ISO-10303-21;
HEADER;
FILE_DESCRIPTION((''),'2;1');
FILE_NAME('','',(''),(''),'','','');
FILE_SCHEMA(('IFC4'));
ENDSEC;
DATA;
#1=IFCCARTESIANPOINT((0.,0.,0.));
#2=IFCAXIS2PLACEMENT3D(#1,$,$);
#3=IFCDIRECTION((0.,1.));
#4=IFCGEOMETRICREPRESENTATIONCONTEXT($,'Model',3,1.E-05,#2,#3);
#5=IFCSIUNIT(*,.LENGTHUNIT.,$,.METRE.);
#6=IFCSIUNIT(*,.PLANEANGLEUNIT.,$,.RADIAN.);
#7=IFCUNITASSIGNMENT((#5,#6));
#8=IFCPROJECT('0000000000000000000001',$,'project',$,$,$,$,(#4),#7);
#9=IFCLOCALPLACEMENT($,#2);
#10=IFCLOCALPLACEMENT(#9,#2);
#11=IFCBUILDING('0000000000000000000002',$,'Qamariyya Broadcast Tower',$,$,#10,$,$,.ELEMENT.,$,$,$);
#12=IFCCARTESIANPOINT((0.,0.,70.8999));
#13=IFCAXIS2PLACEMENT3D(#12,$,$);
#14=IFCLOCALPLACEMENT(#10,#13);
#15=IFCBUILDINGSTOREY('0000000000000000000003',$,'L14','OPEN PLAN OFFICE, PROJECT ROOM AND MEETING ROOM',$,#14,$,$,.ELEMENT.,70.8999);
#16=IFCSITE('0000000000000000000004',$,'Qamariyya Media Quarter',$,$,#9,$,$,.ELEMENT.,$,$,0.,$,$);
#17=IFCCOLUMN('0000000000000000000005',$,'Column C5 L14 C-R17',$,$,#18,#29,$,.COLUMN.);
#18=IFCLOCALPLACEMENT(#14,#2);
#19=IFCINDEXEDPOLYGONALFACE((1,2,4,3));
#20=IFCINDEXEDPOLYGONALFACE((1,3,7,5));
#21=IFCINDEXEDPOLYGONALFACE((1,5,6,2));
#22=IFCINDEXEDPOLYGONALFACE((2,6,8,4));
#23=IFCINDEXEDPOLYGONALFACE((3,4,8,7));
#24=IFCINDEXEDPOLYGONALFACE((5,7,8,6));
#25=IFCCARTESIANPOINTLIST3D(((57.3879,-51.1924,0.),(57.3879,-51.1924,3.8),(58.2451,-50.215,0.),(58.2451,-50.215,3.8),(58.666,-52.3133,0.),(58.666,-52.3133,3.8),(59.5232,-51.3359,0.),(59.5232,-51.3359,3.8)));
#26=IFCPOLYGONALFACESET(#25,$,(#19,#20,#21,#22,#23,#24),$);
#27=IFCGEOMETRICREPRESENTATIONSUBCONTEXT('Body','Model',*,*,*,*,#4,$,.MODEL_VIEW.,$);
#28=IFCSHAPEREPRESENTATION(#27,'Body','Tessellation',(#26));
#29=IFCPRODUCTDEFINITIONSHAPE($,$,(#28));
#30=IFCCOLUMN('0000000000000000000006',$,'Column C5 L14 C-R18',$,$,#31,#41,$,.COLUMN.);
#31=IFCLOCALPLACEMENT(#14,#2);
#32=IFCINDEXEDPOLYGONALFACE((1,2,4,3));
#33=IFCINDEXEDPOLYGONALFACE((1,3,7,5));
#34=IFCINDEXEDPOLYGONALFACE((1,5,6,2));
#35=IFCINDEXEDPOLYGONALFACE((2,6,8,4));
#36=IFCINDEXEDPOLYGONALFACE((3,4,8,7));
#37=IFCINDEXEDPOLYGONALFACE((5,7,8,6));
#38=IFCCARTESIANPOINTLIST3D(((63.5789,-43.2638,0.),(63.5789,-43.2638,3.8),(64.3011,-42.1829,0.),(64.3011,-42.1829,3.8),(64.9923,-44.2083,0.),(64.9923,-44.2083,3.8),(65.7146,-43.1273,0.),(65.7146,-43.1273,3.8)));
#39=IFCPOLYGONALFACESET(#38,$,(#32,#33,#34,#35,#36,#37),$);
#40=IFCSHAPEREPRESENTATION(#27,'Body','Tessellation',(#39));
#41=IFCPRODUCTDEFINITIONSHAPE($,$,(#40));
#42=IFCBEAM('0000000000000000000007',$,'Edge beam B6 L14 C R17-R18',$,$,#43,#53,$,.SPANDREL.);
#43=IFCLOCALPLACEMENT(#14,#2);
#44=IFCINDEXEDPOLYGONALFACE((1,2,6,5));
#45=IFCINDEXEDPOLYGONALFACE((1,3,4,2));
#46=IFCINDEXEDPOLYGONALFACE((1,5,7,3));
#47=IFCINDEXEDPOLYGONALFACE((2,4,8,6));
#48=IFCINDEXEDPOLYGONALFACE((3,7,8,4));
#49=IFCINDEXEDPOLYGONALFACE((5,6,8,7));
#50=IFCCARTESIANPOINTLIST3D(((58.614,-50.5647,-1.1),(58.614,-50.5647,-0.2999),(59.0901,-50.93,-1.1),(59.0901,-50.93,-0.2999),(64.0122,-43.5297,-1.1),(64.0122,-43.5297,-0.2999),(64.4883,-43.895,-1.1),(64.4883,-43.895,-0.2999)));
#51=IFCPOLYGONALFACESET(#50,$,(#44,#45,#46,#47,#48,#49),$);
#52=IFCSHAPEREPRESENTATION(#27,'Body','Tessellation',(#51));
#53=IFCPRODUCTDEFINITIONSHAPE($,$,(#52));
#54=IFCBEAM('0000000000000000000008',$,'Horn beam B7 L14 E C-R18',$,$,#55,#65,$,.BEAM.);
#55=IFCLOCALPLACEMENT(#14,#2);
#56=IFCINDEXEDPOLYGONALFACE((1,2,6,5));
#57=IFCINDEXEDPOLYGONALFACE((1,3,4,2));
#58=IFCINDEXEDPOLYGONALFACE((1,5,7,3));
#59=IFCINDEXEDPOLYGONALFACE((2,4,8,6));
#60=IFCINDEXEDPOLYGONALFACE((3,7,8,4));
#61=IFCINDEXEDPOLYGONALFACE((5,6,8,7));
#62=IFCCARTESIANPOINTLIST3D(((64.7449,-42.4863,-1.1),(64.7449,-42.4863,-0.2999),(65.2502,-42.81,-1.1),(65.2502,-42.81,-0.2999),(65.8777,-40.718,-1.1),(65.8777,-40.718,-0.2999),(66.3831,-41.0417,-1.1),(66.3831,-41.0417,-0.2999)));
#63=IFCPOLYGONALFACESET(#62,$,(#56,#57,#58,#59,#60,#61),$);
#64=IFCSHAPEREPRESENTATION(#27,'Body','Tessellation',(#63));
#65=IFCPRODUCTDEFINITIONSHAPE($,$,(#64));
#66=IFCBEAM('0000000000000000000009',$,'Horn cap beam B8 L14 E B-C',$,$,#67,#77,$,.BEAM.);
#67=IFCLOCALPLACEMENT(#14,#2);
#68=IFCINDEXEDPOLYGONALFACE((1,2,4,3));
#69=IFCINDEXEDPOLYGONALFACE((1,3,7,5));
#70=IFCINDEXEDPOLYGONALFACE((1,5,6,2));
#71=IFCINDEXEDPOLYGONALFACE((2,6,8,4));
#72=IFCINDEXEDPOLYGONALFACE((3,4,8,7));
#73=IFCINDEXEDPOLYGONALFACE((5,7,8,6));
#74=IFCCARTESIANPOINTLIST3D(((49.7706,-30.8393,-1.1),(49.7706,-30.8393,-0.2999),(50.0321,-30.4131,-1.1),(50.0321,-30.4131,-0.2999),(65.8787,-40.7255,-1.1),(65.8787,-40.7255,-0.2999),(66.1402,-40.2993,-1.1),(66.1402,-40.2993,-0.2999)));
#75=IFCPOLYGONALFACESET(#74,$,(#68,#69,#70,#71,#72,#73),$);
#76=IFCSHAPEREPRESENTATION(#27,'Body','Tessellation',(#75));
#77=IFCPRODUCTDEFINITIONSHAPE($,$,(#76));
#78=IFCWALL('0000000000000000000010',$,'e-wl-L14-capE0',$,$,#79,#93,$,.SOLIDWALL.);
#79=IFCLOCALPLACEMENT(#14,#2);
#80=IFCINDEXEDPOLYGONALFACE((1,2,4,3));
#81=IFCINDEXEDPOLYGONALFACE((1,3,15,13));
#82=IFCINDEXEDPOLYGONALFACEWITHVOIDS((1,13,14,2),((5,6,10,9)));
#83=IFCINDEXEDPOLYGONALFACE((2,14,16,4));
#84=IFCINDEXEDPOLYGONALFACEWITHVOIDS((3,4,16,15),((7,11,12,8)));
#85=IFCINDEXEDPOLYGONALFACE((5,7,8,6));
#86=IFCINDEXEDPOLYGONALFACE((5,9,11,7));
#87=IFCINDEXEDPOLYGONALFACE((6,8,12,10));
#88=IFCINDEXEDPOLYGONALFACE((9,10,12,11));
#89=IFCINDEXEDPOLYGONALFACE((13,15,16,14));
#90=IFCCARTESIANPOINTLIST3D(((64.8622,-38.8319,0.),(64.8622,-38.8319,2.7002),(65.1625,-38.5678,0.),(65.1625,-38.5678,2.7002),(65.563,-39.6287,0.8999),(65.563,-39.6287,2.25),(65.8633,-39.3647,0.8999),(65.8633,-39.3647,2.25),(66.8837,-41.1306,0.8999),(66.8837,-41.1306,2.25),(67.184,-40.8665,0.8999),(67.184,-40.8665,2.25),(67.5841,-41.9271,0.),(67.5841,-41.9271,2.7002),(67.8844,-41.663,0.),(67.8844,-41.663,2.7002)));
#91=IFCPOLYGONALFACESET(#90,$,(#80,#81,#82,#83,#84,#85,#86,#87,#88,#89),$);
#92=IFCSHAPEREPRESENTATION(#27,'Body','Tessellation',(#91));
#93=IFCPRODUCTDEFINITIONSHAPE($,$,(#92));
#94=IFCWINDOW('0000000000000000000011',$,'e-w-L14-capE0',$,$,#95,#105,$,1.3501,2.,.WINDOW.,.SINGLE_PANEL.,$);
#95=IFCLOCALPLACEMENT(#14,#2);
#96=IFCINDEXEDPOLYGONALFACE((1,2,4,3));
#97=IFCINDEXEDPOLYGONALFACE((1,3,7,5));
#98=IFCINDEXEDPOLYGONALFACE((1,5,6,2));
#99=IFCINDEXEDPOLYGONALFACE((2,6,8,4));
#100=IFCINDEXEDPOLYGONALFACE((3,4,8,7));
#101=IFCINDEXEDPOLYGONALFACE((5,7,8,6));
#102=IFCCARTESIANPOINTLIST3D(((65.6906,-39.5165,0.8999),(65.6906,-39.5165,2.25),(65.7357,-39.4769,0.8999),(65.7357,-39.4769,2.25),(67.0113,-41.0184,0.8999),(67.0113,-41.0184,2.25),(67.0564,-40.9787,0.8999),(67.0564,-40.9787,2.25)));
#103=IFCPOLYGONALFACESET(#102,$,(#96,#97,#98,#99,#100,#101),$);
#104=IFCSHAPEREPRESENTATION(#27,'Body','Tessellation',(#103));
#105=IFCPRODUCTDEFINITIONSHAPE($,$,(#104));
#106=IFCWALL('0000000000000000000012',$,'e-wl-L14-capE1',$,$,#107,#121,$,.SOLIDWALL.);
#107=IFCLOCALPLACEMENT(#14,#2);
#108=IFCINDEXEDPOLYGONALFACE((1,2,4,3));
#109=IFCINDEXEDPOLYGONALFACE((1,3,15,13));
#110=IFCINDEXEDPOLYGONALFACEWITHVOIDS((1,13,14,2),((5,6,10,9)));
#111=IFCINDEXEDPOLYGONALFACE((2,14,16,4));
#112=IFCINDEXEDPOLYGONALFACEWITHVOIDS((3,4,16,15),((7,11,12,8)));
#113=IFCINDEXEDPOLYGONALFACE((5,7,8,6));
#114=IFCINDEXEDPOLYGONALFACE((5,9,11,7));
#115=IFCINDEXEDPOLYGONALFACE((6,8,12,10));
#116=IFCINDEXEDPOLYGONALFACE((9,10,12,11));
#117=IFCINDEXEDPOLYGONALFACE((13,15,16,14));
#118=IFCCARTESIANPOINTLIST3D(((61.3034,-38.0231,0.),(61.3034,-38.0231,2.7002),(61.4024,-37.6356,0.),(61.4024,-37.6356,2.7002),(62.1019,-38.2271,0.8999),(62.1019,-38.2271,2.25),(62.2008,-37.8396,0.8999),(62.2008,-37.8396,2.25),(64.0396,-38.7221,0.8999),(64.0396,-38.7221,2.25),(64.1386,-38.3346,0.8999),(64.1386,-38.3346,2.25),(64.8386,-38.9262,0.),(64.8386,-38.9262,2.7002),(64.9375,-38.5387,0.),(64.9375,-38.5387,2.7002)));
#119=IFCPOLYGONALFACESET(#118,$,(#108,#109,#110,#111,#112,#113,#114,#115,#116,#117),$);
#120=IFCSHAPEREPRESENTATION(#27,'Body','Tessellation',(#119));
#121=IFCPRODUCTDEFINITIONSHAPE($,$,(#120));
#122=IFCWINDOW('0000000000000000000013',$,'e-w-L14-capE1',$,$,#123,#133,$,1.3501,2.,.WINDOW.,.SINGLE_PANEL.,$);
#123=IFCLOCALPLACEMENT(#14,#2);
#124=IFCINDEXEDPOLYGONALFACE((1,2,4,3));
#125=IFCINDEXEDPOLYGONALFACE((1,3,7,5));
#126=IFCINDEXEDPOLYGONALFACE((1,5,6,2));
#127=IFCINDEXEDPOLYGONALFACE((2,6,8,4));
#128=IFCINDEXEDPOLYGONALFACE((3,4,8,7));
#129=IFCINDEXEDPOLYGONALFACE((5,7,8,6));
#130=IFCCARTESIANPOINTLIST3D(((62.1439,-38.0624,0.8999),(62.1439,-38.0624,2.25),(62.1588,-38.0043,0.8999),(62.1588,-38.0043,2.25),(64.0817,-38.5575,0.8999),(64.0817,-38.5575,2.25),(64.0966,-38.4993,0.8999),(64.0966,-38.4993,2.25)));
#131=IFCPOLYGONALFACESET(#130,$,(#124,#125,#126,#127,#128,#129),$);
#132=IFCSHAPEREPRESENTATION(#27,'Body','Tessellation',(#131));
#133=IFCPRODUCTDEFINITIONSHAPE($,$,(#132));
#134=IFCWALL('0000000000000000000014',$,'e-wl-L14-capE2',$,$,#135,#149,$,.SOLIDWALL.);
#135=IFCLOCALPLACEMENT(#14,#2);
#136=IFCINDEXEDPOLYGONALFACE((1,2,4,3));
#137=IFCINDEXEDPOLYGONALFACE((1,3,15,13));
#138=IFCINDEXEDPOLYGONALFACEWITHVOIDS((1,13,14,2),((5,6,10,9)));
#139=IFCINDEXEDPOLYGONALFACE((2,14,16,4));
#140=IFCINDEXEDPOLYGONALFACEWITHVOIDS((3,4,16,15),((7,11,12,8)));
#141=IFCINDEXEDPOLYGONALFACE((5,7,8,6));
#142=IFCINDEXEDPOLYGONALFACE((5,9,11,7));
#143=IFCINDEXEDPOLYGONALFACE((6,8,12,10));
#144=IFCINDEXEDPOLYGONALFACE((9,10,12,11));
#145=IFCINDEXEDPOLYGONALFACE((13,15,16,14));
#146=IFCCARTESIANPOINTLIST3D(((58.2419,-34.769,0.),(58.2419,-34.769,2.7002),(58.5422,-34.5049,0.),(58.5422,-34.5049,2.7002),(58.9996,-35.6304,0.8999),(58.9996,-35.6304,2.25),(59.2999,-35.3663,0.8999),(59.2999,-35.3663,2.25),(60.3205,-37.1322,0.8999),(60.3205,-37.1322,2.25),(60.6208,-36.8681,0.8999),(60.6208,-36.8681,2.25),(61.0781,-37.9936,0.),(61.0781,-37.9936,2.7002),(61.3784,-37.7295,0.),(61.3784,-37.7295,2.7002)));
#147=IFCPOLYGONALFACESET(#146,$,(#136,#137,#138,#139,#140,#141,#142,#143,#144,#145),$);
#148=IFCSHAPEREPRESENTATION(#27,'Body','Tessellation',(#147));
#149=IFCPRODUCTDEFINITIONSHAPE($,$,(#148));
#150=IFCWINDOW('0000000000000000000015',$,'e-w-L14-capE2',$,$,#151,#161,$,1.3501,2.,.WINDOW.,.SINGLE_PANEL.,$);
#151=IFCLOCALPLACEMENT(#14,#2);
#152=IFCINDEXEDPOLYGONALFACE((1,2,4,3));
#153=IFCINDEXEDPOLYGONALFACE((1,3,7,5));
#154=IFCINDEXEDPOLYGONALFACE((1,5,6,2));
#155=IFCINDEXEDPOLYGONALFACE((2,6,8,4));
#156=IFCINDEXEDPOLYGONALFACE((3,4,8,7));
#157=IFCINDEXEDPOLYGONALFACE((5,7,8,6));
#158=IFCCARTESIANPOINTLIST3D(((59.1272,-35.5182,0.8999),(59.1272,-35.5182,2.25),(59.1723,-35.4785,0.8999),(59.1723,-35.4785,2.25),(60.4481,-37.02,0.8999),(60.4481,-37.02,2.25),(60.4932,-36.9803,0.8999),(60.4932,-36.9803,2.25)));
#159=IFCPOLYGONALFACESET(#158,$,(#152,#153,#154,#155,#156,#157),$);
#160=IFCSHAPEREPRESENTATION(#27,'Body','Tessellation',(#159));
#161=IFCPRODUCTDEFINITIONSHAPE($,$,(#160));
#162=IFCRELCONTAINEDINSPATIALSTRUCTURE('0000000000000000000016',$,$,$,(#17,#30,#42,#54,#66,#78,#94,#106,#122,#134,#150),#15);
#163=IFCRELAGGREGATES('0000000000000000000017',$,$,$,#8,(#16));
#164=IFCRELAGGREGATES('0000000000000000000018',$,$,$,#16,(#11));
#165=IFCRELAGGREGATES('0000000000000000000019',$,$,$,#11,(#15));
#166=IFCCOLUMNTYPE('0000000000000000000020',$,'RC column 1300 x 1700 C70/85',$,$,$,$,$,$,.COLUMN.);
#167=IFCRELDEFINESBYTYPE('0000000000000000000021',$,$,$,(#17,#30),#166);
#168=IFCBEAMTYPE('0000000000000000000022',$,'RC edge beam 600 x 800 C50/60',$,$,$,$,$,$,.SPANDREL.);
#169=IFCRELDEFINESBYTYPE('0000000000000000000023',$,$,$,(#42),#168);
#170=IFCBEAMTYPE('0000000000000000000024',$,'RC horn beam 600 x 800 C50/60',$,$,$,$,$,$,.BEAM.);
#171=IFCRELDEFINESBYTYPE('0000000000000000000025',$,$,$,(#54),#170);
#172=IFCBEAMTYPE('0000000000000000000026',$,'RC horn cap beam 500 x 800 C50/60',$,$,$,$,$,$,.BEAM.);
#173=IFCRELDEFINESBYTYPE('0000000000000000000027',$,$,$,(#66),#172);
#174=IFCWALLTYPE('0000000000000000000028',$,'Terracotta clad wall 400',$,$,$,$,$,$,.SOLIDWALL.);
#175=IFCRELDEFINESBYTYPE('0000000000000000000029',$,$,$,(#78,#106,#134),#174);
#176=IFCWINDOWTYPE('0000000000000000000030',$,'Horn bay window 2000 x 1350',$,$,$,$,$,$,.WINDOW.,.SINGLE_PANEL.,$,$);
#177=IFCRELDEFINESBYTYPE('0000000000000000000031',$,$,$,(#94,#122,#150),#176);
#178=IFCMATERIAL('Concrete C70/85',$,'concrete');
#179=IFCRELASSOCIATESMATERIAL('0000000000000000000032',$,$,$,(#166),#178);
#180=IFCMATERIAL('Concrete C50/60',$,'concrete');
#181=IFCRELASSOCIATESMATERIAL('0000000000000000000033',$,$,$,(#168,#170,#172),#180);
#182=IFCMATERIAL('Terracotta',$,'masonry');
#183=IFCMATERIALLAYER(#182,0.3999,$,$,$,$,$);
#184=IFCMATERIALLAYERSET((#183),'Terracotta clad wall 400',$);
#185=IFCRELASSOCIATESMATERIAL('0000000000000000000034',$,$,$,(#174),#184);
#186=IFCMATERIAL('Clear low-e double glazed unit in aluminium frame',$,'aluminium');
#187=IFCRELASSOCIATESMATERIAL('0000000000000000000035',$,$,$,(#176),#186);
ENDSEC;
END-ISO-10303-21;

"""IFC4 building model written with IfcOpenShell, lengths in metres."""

from ifc_helpers import new_model, si_unit, direction, frame, frame_2d, origin, origin_2d, place, context, subcontext, project, spatial, rectangle, extrude, material, layer, layer_set, material_profile, profile_set, type_object, element, fill, save


model = new_model("IFC4")

# Units and contexts
model_context = context("Model", 3, precision=1e-05, world=origin(), true_north=direction((0.0, 1.0)))
body_context = subcontext(model_context, "Body", "Model", "MODEL_VIEW")
ifc_project = project(units=[si_unit("LENGTHUNIT", "METRE"), si_unit("PLANEANGLEUNIT", "RADIAN")], contexts=[model_context])

# Site, building, storey
site_placement = place(None, origin())
site = spatial("IfcSite", under=ifc_project, at=site_placement, Name="Qamariyya Media Quarter", CompositionType="ELEMENT", RefElevation=0.0)
building_placement = place(site_placement, origin())
building = spatial("IfcBuilding", under=site, at=building_placement, Name="Qamariyya Broadcast Tower", CompositionType="ELEMENT")
storey_placement = place(building_placement, frame((0.0, 0.0, 70.8999)))
storey = spatial("IfcBuildingStorey", under=building, at=storey_placement, Name="L14", Description="OPEN PLAN OFFICE, PROJECT ROOM AND MEETING ROOM", CompositionType="ELEMENT", Elevation=70.8999)

# Columns
ifc_material_1 = material(Name="Concrete C70/85", Category="concrete")
ifc_material_profile_1 = material_profile(ifc_material_1, rectangle(XDim=1.3, YDim=1.7, at=origin_2d()))
ifc_profile_set_1 = profile_set([ifc_material_profile_1], Name="Concrete C70/85")
column_type = type_object("IfcColumnType", Name="RC column 1300 x 1700 C70/85", PredefinedType="COLUMN", material=ifc_profile_set_1)
for number, where, z_axis, x_axis, name in (
    (1, (58.4556, -51.2642, 0.0), (0.0, 0.0, 1.0), (0.659346, 0.75184, 0.0), "Column C5 L14 C-R17"),
    (2, (64.6467, -43.1956, 0.0), (0.0, 0.0, 1.0), (0.55557, 0.83147, 0.0), "Column C5 L14 C-R18"),
):
    element("IfcColumn", number, at=place(storey_placement, frame(where, z_axis=z_axis, x_axis=x_axis)), inside=storey, type_object=column_type, Name=name, PredefinedType="COLUMN", context=body_context, shape_type="SweptSolid", body=[
        extrude(rectangle(XDim=1.3, YDim=1.7, at=origin_2d()), origin(), (0.0, 0.0, 1.0), 3.8),
    ])

# Beams
ifc_material_2 = material(Name="Concrete C50/60", Category="concrete")
ifc_material_profile_2 = material_profile(ifc_material_2, rectangle(XDim=0.6001, YDim=0.8, at=origin_2d()))
ifc_profile_set_2 = profile_set([ifc_material_profile_2], Name="Concrete C50/60")
beam_type_1 = type_object("IfcBeamType", Name="RC edge beam 600 x 800 C50/60", PredefinedType="SPANDREL", material=ifc_profile_set_2)
beam_1_placement = place(storey_placement, frame((58.8521, -50.7473, -0.7), z_axis=(0.60877, 0.793347, 0.0), x_axis=(-0.793347, 0.60877, 0.0)))
element("IfcBeam", 3, at=beam_1_placement, inside=storey, type_object=beam_type_1, Name="Edge beam B6 L14 C R17-R18", PredefinedType="SPANDREL", context=body_context, shape_type="SweptSolid", body=[
    extrude(rectangle(XDim=0.6001, YDim=0.8, at=origin_2d()), origin(), (0.0, 0.0, 1.0), 8.8674),
])
ifc_material_profile_3 = material_profile(ifc_material_2, rectangle(XDim=0.6001, YDim=0.8, at=origin_2d()))
ifc_profile_set_3 = profile_set([ifc_material_profile_3], Name="Concrete C50/60")
beam_type_2 = type_object("IfcBeamType", Name="RC horn beam 600 x 800 C50/60", PredefinedType="BEAM", material=ifc_profile_set_3)
beam_2_placement = place(storey_placement, frame((64.9976, -42.6482, -0.7), z_axis=(0.539423, 0.842035, 0.0), x_axis=(-0.842035, 0.539423, 0.0)))
element("IfcBeam", 4, at=beam_2_placement, inside=storey, type_object=beam_type_2, Name="Horn beam B7 L14 E C-R18", PredefinedType="BEAM", context=body_context, shape_type="SweptSolid", body=[
    extrude(rectangle(XDim=0.6001, YDim=0.8, at=origin_2d()), origin(), (0.0, 0.0, 1.0), 2.1001),
])
ifc_material_profile_4 = material_profile(ifc_material_2, rectangle(XDim=0.5, YDim=0.8, at=origin_2d()))
ifc_profile_set_4 = profile_set([ifc_material_profile_4], Name="Concrete C50/60")
beam_type_3 = type_object("IfcBeamType", Name="RC horn cap beam 500 x 800 C50/60", PredefinedType="BEAM", material=ifc_profile_set_4)
beam_3_placement = place(storey_placement, frame((49.9014, -30.6262, -0.7), z_axis=(0.852283, -0.523081, 0.0), x_axis=(0.523081, 0.852283, 0.0)))
element("IfcBeam", 5, at=beam_3_placement, inside=storey, type_object=beam_type_3, Name="Horn cap beam B8 L14 E B-C", PredefinedType="BEAM", context=body_context, shape_type="SweptSolid", body=[
    extrude(rectangle(XDim=0.5, YDim=0.8, at=origin_2d()), origin(), (0.0, 0.0, 1.0), 18.8999),
])

# Walls, openings, windows
ifc_material_3 = material(Name="Terracotta", Category="masonry")
ifc_layer = layer(ifc_material_3, 0.3999)
ifc_layer_set = layer_set([ifc_layer], Name="Terracotta clad wall 400")
wall_type = type_object("IfcWallType", Name="Terracotta clad wall 400", PredefinedType="SOLIDWALL", material=ifc_layer_set)
wall_1_placement = place(storey_placement, frame((67.7344, -41.7952, 0.0), z_axis=(0.0, 0.0, 1.0), x_axis=(-0.660373, 0.750938, 0.0)))
wall_1 = element("IfcWall", 6, at=wall_1_placement, inside=storey, type_object=wall_type, Name="e-wl-L14-capE0", PredefinedType="SOLIDWALL", context=body_context, shape_type="SweptSolid", body=[
    extrude(rectangle(XDim=4.1218, YDim=0.3999, at=frame_2d((2.061, 0.0))), origin(), (0.0, 0.0, 1.0), 2.7002),
])
opening_1_placement = place(wall_1_placement, frame((1.0608, 0.0, 0.8999)))
opening_1 = element("IfcOpeningElement", 7, at=opening_1_placement, cuts=wall_1, PredefinedType="OPENING", context=body_context, shape_type="SweptSolid", body=[
    extrude(rectangle(XDim=2.0, YDim=1.3501, at=frame_2d((1.0, 0.675))), frame((0.0, 0.21, 0.0), z_axis=(0.0, -1.0, 0.0), x_axis=(1.0, 0.0, 0.0)), (0.0, 0.0, 1.0), 0.4199),
])
ifc_material_4 = material(Name="Clear low-e double glazed unit in aluminium frame", Category="aluminium")
window_type = type_object("IfcWindowType", Name="Horn bay window 2000 x 1350", PartitioningType="SINGLE_PANEL", PredefinedType="WINDOW", material=ifc_material_4)
window_1_placement = place(opening_1_placement, origin())
window_1 = element("IfcWindow", 8, at=window_1_placement, inside=storey, type_object=window_type, Name="e-w-L14-capE0", OverallHeight=1.3501, OverallWidth=2.0, PartitioningType="SINGLE_PANEL", PredefinedType="WINDOW", context=body_context, shape_type="SweptSolid", body=[
    extrude(rectangle(XDim=2.0, YDim=1.3501, at=frame_2d((1.0, 0.675))), frame((0.0, 0.03, 0.0), z_axis=(0.0, -1.0, 0.0), x_axis=(1.0, 0.0, 0.0)), (0.0, 0.0, 1.0), 0.0601),
])
fill(opening_1, window_1)
wall_2_placement = place(storey_placement, frame((64.8879, -38.7324, 0.0), z_axis=(0.0, 0.0, 1.0), x_axis=(-0.968886, 0.247508, 0.0)))
wall_2 = element("IfcWall", 9, at=wall_2_placement, inside=storey, type_object=wall_type, Name="e-wl-L14-capE1", PredefinedType="SOLIDWALL", context=body_context, shape_type="SweptSolid", body=[
    extrude(rectangle(XDim=3.6487, YDim=0.3999, at=frame_2d((1.8242, 0.0))), origin(), (0.0, 0.0, 1.0), 2.7002),
])
opening_2_placement = place(wall_2_placement, frame((0.8245, 0.0, 0.8999)))
opening_2 = element("IfcOpeningElement", 10, at=opening_2_placement, cuts=wall_2, PredefinedType="OPENING", context=body_context, shape_type="SweptSolid", body=[
    extrude(rectangle(XDim=2.0, YDim=1.3501, at=frame_2d((1.0, 0.675))), frame((0.0, 0.21, 0.0), z_axis=(0.0, -1.0, 0.0), x_axis=(1.0, 0.0, 0.0)), (0.0, 0.0, 1.0), 0.4199),
])
window_2_placement = place(opening_2_placement, origin())
window_2 = element("IfcWindow", 11, at=window_2_placement, inside=storey, type_object=window_type, Name="e-w-L14-capE1", OverallHeight=1.3501, OverallWidth=2.0, PartitioningType="SINGLE_PANEL", PredefinedType="WINDOW", context=body_context, shape_type="SweptSolid", body=[
    extrude(rectangle(XDim=2.0, YDim=1.3501, at=frame_2d((1.0, 0.675))), frame((0.0, 0.03, 0.0), z_axis=(0.0, -1.0, 0.0), x_axis=(1.0, 0.0, 0.0)), (0.0, 0.0, 1.0), 0.0601),
])
fill(opening_2, window_2)
wall_3_placement = place(storey_placement, frame((61.2283, -37.8616, 0.0), z_axis=(0.0, 0.0, 1.0), x_axis=(-0.660434, 0.750884, 0.0)))
wall_3 = element("IfcWall", 12, at=wall_3_placement, inside=storey, type_object=wall_type, Name="e-wl-L14-capE2", PredefinedType="SOLIDWALL", context=body_context, shape_type="SweptSolid", body=[
    extrude(rectangle(XDim=4.2944, YDim=0.3999, at=frame_2d((2.1472, 0.0))), origin(), (0.0, 0.0, 1.0), 2.7002),
])
opening_3_placement = place(wall_3_placement, frame((1.1472, 0.0, 0.8999)))
opening_3 = element("IfcOpeningElement", 13, at=opening_3_placement, cuts=wall_3, PredefinedType="OPENING", context=body_context, shape_type="SweptSolid", body=[
    extrude(rectangle(XDim=2.0, YDim=1.3501, at=frame_2d((1.0, 0.675))), frame((0.0, 0.21, 0.0), z_axis=(0.0, -1.0, 0.0), x_axis=(1.0, 0.0, 0.0)), (0.0, 0.0, 1.0), 0.4199),
])
window_3_placement = place(opening_3_placement, origin())
window_3 = element("IfcWindow", 14, at=window_3_placement, inside=storey, type_object=window_type, Name="e-w-L14-capE2", OverallHeight=1.3501, OverallWidth=2.0, PartitioningType="SINGLE_PANEL", PredefinedType="WINDOW", context=body_context, shape_type="SweptSolid", body=[
    extrude(rectangle(XDim=2.0, YDim=1.3501, at=frame_2d((1.0, 0.675))), frame((0.0, 0.03, 0.0), z_axis=(0.0, -1.0, 0.0), x_axis=(1.0, 0.0, 0.0)), (0.0, 0.0, 1.0), 0.0601),
])
fill(opening_3, window_3)

save(model, "model.ifc")
